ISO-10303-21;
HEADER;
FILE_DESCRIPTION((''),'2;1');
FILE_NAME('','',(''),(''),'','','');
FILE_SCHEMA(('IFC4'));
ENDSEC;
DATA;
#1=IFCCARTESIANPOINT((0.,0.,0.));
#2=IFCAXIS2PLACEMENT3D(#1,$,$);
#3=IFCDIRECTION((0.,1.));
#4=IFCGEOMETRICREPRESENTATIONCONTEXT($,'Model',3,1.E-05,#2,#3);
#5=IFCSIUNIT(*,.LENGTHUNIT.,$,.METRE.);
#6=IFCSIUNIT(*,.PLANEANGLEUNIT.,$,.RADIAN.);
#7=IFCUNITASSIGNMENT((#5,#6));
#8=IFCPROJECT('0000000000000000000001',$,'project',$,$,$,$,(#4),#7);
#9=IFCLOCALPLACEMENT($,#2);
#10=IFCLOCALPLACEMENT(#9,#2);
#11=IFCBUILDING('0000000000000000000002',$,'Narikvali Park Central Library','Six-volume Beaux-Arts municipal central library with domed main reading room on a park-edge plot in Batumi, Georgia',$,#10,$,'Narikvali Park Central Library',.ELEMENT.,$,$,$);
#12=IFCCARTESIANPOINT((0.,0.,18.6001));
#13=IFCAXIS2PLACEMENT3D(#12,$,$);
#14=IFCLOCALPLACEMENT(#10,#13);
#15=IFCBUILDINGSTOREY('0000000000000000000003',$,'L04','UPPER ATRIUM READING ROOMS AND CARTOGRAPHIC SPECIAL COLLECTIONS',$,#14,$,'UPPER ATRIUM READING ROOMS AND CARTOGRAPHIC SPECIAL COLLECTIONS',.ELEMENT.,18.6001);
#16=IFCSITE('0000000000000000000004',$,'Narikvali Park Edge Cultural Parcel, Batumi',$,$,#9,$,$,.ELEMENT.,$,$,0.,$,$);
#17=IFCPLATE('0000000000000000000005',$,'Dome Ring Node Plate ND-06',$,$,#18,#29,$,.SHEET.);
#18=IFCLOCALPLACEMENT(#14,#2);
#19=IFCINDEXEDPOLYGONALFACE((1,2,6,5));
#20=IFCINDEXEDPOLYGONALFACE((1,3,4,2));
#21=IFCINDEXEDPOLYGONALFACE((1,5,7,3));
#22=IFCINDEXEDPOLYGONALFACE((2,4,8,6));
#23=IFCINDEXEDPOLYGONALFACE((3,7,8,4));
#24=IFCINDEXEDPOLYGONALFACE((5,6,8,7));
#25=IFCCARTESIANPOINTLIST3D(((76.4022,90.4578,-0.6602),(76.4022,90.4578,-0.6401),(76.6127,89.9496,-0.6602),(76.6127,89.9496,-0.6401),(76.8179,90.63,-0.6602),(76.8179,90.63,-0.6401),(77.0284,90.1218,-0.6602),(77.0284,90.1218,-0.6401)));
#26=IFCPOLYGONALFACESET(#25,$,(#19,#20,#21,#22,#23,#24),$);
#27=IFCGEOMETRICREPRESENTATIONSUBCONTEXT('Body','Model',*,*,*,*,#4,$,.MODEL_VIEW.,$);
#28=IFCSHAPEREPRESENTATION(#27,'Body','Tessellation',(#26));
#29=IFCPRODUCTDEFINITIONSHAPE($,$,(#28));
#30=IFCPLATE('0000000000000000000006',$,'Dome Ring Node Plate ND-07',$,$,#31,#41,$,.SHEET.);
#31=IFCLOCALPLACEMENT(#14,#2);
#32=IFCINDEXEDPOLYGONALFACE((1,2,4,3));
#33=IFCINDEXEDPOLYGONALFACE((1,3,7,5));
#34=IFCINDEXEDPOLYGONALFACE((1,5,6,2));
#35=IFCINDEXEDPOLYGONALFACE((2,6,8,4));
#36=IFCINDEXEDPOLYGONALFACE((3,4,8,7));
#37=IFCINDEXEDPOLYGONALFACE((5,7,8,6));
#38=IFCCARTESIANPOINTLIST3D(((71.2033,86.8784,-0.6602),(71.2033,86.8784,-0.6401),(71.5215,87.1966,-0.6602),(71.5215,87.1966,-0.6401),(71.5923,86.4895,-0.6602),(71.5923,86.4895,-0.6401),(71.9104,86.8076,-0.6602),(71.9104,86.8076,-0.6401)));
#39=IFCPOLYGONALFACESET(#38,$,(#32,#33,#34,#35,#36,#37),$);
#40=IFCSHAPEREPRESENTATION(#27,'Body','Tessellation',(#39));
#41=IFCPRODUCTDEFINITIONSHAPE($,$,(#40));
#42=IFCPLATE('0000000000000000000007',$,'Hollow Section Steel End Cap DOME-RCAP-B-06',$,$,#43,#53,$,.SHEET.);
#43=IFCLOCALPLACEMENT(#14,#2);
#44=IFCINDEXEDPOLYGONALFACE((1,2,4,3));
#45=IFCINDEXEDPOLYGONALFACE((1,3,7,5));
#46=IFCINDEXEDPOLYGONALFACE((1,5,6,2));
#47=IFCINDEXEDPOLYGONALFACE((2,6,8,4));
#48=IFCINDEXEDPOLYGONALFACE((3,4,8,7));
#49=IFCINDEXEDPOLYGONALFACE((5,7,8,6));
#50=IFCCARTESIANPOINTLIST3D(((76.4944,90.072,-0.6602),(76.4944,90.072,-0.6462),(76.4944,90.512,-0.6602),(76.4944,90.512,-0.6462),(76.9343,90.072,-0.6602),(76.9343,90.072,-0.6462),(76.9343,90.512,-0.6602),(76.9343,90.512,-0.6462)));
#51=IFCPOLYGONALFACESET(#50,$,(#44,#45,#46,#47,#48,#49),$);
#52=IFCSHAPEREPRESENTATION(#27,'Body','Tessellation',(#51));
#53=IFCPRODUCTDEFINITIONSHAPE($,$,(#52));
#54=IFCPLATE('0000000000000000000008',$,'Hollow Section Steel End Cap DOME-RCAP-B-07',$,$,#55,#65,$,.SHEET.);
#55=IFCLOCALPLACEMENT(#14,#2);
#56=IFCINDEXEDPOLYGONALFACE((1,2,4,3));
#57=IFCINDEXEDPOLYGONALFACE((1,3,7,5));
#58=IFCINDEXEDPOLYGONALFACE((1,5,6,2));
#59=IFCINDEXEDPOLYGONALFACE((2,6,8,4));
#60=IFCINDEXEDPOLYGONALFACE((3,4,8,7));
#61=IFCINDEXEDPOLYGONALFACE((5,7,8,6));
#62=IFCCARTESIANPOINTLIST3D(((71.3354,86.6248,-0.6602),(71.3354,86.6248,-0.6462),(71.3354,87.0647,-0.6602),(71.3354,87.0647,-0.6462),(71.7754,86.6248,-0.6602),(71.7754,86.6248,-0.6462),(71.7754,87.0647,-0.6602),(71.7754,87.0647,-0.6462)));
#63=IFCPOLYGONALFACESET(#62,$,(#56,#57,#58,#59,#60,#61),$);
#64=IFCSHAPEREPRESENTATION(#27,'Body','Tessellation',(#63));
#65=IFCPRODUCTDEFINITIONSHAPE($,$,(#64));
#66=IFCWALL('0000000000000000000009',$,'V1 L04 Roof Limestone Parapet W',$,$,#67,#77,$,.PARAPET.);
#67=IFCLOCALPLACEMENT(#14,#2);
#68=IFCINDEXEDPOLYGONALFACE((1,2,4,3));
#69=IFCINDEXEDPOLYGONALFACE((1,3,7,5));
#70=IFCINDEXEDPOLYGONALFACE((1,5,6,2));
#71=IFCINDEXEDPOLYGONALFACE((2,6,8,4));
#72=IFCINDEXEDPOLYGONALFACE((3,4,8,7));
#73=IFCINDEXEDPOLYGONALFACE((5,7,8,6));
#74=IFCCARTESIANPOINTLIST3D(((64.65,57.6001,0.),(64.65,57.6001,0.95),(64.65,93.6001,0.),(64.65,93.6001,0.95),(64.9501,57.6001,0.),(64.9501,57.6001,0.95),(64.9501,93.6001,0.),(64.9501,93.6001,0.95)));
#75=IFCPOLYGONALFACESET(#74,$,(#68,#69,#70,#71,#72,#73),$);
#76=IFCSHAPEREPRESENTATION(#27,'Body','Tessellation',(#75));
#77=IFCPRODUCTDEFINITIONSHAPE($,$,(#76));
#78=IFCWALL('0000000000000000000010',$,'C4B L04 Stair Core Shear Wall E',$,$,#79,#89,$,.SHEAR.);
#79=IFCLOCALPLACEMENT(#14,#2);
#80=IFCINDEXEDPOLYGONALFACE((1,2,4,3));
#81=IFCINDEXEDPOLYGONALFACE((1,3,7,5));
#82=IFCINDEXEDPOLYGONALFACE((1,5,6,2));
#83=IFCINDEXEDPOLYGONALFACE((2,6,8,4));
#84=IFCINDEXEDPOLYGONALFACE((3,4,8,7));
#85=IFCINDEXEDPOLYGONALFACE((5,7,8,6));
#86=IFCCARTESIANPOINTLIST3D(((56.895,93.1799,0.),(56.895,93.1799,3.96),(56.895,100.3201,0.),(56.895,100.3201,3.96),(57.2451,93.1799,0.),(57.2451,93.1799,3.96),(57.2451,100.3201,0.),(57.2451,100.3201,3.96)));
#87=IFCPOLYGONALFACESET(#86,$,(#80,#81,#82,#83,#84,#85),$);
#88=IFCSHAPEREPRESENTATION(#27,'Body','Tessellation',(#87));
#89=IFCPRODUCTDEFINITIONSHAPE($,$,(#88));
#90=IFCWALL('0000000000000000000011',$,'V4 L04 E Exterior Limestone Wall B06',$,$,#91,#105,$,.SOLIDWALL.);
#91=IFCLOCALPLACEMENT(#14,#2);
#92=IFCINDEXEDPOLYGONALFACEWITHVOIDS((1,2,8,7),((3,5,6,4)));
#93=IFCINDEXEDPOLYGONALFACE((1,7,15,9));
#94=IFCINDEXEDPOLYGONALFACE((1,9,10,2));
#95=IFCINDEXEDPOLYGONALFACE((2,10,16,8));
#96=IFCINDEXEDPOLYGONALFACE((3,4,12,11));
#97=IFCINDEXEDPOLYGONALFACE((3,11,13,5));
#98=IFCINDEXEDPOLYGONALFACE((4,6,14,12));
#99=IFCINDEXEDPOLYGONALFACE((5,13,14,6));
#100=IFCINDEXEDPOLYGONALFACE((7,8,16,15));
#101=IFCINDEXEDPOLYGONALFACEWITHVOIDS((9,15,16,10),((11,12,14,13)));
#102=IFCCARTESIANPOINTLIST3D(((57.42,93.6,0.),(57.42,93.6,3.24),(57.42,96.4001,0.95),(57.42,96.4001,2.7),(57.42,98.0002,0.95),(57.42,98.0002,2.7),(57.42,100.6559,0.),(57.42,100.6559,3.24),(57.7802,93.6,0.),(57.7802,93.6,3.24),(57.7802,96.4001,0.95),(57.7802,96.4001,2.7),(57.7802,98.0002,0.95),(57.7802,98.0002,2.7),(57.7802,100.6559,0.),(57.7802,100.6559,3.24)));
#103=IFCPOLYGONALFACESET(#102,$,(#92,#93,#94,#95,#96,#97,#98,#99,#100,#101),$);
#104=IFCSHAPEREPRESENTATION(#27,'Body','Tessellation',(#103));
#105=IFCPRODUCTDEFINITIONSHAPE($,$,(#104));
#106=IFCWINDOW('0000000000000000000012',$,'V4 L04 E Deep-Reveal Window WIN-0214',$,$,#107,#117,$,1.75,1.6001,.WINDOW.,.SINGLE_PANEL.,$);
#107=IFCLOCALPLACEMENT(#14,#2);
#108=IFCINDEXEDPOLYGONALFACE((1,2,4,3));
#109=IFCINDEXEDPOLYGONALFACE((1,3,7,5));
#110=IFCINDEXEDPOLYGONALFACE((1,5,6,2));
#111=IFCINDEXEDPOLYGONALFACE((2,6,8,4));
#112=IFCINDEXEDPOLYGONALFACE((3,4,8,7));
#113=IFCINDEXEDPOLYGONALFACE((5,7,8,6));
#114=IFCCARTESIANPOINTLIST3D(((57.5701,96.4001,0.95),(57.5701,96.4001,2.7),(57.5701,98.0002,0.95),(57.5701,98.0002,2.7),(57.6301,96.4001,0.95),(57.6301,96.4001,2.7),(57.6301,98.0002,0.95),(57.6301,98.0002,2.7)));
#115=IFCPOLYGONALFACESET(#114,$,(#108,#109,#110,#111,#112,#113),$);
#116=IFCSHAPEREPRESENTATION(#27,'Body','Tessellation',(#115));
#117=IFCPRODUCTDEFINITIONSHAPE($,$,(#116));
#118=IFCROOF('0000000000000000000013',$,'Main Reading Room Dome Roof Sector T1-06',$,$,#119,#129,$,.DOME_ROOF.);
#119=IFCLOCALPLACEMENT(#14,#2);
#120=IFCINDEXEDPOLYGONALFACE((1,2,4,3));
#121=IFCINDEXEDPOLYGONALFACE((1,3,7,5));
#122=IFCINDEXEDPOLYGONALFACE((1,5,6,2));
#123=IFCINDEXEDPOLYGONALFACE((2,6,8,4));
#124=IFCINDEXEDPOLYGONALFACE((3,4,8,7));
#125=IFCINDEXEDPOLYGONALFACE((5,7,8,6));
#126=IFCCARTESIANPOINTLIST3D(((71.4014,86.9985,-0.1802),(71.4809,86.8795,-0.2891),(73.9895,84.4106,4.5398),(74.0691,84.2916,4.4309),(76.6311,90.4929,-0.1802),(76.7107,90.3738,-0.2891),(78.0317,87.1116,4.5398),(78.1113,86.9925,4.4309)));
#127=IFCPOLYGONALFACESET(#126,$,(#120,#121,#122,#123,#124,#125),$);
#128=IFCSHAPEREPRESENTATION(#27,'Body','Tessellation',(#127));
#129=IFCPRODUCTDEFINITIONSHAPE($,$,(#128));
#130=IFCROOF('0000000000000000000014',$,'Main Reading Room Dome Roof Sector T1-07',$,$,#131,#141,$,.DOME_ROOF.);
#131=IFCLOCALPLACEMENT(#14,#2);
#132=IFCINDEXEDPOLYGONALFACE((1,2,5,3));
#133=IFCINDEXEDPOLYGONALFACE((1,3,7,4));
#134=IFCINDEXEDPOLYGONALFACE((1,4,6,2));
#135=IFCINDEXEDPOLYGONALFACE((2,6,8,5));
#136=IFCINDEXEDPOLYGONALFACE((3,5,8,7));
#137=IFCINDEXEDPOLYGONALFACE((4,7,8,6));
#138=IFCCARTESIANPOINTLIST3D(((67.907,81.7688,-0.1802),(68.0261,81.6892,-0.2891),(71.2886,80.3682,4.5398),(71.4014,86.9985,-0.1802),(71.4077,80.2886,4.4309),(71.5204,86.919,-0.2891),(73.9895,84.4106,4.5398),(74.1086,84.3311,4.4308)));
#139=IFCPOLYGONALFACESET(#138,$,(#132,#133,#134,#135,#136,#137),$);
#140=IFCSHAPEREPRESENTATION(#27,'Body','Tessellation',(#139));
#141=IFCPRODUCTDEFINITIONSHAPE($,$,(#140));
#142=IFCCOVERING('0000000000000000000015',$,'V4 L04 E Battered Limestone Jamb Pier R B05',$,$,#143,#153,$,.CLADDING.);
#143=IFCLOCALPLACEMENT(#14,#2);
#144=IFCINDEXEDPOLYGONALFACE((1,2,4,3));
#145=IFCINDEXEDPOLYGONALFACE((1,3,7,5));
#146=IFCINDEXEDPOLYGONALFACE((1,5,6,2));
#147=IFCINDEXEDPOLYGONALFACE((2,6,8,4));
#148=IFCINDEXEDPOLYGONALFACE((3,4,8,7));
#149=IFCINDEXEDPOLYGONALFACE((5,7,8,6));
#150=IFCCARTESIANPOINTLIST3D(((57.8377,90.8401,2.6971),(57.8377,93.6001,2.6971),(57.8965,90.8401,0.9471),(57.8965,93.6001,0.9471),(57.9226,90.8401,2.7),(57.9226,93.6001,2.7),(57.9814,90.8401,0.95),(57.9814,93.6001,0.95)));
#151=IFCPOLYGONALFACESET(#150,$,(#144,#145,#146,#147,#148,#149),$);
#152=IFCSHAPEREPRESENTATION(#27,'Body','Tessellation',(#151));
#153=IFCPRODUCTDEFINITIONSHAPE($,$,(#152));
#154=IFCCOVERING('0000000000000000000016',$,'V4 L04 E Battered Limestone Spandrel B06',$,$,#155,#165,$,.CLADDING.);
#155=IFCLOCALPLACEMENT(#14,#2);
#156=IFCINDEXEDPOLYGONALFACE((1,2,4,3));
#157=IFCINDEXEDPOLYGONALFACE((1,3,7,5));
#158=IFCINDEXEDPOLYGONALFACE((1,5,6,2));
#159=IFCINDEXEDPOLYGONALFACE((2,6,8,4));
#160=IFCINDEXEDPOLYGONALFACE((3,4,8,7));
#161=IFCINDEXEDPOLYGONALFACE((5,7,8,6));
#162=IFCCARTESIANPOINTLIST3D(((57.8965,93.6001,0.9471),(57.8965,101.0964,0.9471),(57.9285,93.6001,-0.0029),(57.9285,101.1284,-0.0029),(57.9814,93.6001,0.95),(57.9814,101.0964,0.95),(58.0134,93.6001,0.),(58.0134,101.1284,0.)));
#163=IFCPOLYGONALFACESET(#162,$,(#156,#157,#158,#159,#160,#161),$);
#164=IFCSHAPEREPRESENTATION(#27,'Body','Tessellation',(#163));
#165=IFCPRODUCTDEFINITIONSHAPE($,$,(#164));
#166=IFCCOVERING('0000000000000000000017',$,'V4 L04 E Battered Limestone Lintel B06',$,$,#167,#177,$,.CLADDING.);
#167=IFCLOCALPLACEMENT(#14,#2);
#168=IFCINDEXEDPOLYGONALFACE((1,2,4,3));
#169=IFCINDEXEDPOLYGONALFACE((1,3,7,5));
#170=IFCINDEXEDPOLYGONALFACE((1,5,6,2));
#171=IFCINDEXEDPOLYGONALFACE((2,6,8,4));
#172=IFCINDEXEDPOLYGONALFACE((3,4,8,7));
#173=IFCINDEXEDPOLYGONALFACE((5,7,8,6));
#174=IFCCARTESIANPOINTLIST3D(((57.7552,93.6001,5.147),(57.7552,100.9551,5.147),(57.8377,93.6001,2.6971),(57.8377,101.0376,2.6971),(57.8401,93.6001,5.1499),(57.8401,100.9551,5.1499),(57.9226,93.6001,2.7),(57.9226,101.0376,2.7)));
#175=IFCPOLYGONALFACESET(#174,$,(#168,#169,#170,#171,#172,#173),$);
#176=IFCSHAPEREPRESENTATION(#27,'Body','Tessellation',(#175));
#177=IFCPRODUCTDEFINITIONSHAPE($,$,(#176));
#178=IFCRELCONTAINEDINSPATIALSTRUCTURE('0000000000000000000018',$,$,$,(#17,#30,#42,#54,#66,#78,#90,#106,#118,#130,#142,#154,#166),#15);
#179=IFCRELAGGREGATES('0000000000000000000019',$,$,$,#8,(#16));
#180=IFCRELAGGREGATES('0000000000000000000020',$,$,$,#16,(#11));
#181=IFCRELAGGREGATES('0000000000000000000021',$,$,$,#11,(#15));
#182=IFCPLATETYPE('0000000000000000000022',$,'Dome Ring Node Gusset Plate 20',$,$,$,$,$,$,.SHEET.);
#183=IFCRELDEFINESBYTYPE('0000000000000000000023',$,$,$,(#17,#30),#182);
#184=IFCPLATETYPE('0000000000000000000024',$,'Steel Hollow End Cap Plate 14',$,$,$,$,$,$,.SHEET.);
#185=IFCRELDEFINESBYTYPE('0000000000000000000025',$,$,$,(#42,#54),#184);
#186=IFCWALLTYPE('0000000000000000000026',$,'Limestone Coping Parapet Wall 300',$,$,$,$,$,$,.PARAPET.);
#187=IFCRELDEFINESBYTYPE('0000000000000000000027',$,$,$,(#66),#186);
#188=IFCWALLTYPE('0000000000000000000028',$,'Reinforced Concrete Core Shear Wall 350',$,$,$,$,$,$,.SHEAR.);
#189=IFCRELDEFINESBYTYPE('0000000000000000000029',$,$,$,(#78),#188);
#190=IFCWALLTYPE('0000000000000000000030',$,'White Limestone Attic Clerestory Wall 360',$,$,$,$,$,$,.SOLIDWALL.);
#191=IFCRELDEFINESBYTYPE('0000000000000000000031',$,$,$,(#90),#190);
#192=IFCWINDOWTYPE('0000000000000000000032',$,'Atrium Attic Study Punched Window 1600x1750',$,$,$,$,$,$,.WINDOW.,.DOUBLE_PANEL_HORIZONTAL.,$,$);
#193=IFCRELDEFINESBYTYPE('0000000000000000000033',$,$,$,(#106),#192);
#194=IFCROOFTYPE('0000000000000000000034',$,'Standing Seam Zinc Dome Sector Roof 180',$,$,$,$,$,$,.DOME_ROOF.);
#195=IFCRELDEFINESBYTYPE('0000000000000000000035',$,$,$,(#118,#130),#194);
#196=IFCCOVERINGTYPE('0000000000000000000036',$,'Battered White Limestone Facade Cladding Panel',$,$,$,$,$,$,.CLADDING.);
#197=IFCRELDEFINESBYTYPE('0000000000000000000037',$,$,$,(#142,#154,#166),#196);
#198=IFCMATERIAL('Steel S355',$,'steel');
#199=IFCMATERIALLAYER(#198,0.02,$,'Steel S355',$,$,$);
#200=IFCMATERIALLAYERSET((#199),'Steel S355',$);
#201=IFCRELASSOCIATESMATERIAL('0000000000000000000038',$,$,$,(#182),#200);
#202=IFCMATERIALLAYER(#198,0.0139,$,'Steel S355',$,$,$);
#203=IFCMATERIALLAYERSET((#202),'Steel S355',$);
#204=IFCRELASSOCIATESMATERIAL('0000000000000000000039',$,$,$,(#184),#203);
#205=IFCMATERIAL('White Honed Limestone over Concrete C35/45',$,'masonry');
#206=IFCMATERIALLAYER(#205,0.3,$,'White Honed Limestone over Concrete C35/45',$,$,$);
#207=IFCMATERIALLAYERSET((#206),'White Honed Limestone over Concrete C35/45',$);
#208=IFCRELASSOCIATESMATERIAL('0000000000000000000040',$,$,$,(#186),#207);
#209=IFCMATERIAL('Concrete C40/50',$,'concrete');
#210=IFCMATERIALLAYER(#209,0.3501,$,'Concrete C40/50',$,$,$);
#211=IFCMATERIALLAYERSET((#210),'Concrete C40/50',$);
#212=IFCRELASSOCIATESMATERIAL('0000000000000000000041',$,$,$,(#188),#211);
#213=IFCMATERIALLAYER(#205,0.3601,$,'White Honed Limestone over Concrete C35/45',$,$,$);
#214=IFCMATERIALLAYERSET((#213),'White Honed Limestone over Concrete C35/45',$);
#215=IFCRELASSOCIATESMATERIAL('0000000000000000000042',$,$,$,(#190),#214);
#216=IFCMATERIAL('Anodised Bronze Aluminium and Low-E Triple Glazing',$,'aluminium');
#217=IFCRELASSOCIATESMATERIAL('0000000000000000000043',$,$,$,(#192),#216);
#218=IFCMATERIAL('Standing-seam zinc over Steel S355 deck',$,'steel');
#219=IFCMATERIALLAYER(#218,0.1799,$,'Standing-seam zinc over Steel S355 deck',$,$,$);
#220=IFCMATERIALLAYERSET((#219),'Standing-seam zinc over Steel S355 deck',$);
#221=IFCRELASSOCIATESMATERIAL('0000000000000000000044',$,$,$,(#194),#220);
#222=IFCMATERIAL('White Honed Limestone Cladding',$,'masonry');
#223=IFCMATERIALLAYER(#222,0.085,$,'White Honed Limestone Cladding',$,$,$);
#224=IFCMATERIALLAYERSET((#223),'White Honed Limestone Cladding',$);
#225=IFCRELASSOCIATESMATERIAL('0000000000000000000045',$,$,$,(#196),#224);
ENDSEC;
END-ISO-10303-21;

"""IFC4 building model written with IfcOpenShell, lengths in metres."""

from ifc_helpers import new_model, si_unit, direction, frame, frame_2d, origin, origin_2d, place, context, subcontext, project, spatial, polyline, rectangle, outline, extrude, material, layer, layer_set, type_object, element, fill, save


model = new_model("IFC4")

# Units and contexts
model_context = context("Model", 3, precision=1e-05, world=origin(), true_north=direction((0.0, 1.0)))
body_context = subcontext(model_context, "Body", "Model", "MODEL_VIEW")
ifc_project = project(units=[si_unit("LENGTHUNIT", "METRE"), si_unit("PLANEANGLEUNIT", "RADIAN")], contexts=[model_context])

# Site, building, storey
site_placement = place(None, origin())
site = spatial("IfcSite", under=ifc_project, at=site_placement, Name="Narikvali Park Edge Cultural Parcel, Batumi", CompositionType="ELEMENT", RefElevation=0.0)
building_placement = place(site_placement, origin())
building = spatial("IfcBuilding", under=site, at=building_placement, Name="Narikvali Park Central Library", Description="Six-volume Beaux-Arts municipal central library with domed main reading room on a park-edge plot in Batumi, Georgia", LongName="Narikvali Park Central Library", CompositionType="ELEMENT")
storey_placement = place(building_placement, frame((0.0, 0.0, 18.6001)))
storey = spatial("IfcBuildingStorey", under=building, at=storey_placement, Name="L04", Description="UPPER ATRIUM READING ROOMS AND CARTOGRAPHIC SPECIAL COLLECTIONS", LongName="UPPER ATRIUM READING ROOMS AND CARTOGRAPHIC SPECIAL COLLECTIONS", CompositionType="ELEMENT", Elevation=18.6001)

# Shared definitions
ifc_material_1 = material(Name="Steel S355", Category="steel")

# Plates
ifc_layer_1 = layer(ifc_material_1, 0.02, Name="Steel S355")
ifc_layer_set_1 = layer_set([ifc_layer_1], Name="Steel S355")
plate_type_1 = type_object("IfcPlateType", Name="Dome Ring Node Gusset Plate 20", PredefinedType="SHEET", material=ifc_layer_set_1)
for number, where, z_axis, x_axis, name in (
    (1, (76.7153, 90.2898, -0.6602), (0.0, 0.0, 1.0), (-0.382683, 0.92388, 0.0), "Dome Ring Node Plate ND-06"),
    (2, (71.5569, 86.843, -0.6602), (0.0, 0.0, 1.0), (-0.707107, 0.707107, 0.0), "Dome Ring Node Plate ND-07"),
):
    element("IfcPlate", number, at=place(storey_placement, frame(where, z_axis=z_axis, x_axis=x_axis)), inside=storey, type_object=plate_type_1, Name=name, PredefinedType="SHEET", context=body_context, shape_type="SweptSolid", body=[
        extrude(rectangle(XDim=0.55, YDim=0.45, at=origin_2d()), origin(), (0.0, 0.0, 1.0), 0.02),
    ])
ifc_layer_2 = layer(ifc_material_1, 0.0139, Name="Steel S355")
ifc_layer_set_2 = layer_set([ifc_layer_2], Name="Steel S355")
plate_type_2 = type_object("IfcPlateType", Name="Steel Hollow End Cap Plate 14", PredefinedType="SHEET", material=ifc_layer_set_2)
for number, where, z_axis, x_axis, name in (
    (3, (76.7144, 90.292, -0.6602), (0.0, 0.0, 1.0), (1.0, 0.0, 0.0), "Hollow Section Steel End Cap DOME-RCAP-B-06"),
    (4, (71.5554, 86.8447, -0.6602), (0.0, 0.0, 1.0), (1.0, 0.0, 0.0), "Hollow Section Steel End Cap DOME-RCAP-B-07"),
):
    element("IfcPlate", number, at=place(storey_placement, frame(where, z_axis=z_axis, x_axis=x_axis)), inside=storey, type_object=plate_type_2, Name=name, PredefinedType="SHEET", context=body_context, shape_type="SweptSolid", body=[
        extrude(rectangle(XDim=0.4399, YDim=0.4399, at=origin_2d()), origin(), (0.0, 0.0, 1.0), 0.0139),
    ])

# Wall
ifc_material_2 = material(Name="White Honed Limestone over Concrete C35/45", Category="masonry")
ifc_layer_3 = layer(ifc_material_2, 0.3, Name="White Honed Limestone over Concrete C35/45")
ifc_layer_set_3 = layer_set([ifc_layer_3], Name="White Honed Limestone over Concrete C35/45")
wall_type_1 = type_object("IfcWallType", Name="Limestone Coping Parapet Wall 300", PredefinedType="PARAPET", material=ifc_layer_set_3)
wall_1_placement = place(storey_placement, frame((64.8, 93.6001, 0.0), z_axis=(0.0, 0.0, 1.0), x_axis=(0.0, -1.0, 0.0)))
element("IfcWall", 5, at=wall_1_placement, inside=storey, type_object=wall_type_1, Name="V1 L04 Roof Limestone Parapet W", PredefinedType="PARAPET", context=body_context, shape_type="SweptSolid", body=[
    extrude(rectangle(XDim=36.0, YDim=0.3, at=frame_2d((18.0, 0.0))), origin(), (0.0, 0.0, 1.0), 0.95),
])

# Shared definitions
ifc_material_3 = material(Name="Concrete C40/50", Category="concrete")
ifc_layer_4 = layer(ifc_material_3, 0.3501, Name="Concrete C40/50")
ifc_layer_set_4 = layer_set([ifc_layer_4], Name="Concrete C40/50")
wall_type_2 = type_object("IfcWallType", Name="Reinforced Concrete Core Shear Wall 350", PredefinedType="SHEAR", material=ifc_layer_set_4)

# Wall
wall_2_placement = place(storey_placement, frame((57.0701, 93.1799, 0.0), z_axis=(0.0, 0.0, 1.0), x_axis=(0.0, 1.0, 0.0)))
element("IfcWall", 6, at=wall_2_placement, inside=storey, type_object=wall_type_2, Name="C4B L04 Stair Core Shear Wall E", PredefinedType="SHEAR", context=body_context, shape_type="SweptSolid", body=[
    extrude(rectangle(XDim=7.1401, YDim=0.3501, at=frame_2d((3.5701, 0.0))), origin(), (0.0, 0.0, 1.0), 3.96),
])

# Wall, opening, window
ifc_layer_5 = layer(ifc_material_2, 0.3601, Name="White Honed Limestone over Concrete C35/45")
ifc_layer_set_5 = layer_set([ifc_layer_5], Name="White Honed Limestone over Concrete C35/45")
wall_type_3 = type_object("IfcWallType", Name="White Limestone Attic Clerestory Wall 360", PredefinedType="SOLIDWALL", material=ifc_layer_set_5)
wall_3_placement = place(storey_placement, frame((57.6001, 93.6001, 0.0), z_axis=(0.0, 0.0, 1.0), x_axis=(0.0, 1.0, 0.0)))
wall_3 = element("IfcWall", 7, at=wall_3_placement, inside=storey, type_object=wall_type_3, Name="V4 L04 E Exterior Limestone Wall B06", PredefinedType="SOLIDWALL", context=body_context, shape_type="SweptSolid", body=[
    extrude(rectangle(XDim=7.0559, YDim=0.3601, at=frame_2d((3.5278, 0.0))), origin(), (0.0, 0.0, 1.0), 3.24),
])
opening_1_placement = place(wall_3_placement, frame((2.8, 0.0, 0.95)))
opening_1 = element("IfcOpeningElement", 8, at=opening_1_placement, cuts=wall_3, PredefinedType="OPENING", context=body_context, shape_type="SweptSolid", body=[
    extrude(rectangle(XDim=1.6001, YDim=1.75, at=frame_2d((0.8, 0.875))), frame((0.0, 0.1919, 0.0), z_axis=(0.0, -1.0, 0.0), x_axis=(1.0, 0.0, 0.0)), (0.0, 0.0, 1.0), 0.384),
])
ifc_material_4 = material(Name="Anodised Bronze Aluminium and Low-E Triple Glazing", Category="aluminium")
window_type = type_object("IfcWindowType", Name="Atrium Attic Study Punched Window 1600x1750", PartitioningType="DOUBLE_PANEL_HORIZONTAL", PredefinedType="WINDOW", material=ifc_material_4)
window_placement = place(opening_1_placement, origin())
window = element("IfcWindow", 9, at=window_placement, inside=storey, type_object=window_type, Name="V4 L04 E Deep-Reveal Window WIN-0214", OverallHeight=1.75, OverallWidth=1.6001, PartitioningType="SINGLE_PANEL", PredefinedType="WINDOW", context=body_context, shape_type="SweptSolid", body=[
    extrude(rectangle(XDim=1.6001, YDim=1.75, at=frame_2d((0.8, 0.875))), frame((0.0, 0.03, 0.0), z_axis=(0.0, -1.0, 0.0), x_axis=(1.0, 0.0, 0.0)), (0.0, 0.0, 1.0), 0.0601),
])
fill(opening_1, window)

# Roofs
ifc_material_5 = material(Name="Standing-seam zinc over Steel S355 deck", Category="steel")
ifc_layer_6 = layer(ifc_material_5, 0.1799, Name="Standing-seam zinc over Steel S355 deck")
ifc_layer_set_6 = layer_set([ifc_layer_6], Name="Standing-seam zinc over Steel S355 deck")
roof_type = type_object("IfcRoofType", Name="Standing Seam Zinc Dome Sector Roof 180", PredefinedType="DOME_ROOF", material=ifc_layer_set_6)
roof_1_placement = place(storey_placement, frame((76.6311, 90.4929, -0.1802), z_axis=(-0.442212, 0.661819, 0.605347), x_axis=(-0.831471, -0.555569, 0.0)))
element("IfcRoof", 10, at=roof_1_placement, inside=storey, type_object=roof_type, Name="Main Reading Room Dome Roof Sector T1-06", PredefinedType="DOME_ROOF", context=body_context, shape_type="SweptSolid", body=[
    extrude(outline(polyline([(0.0, 0.0), (6.2897, 0.0), (5.5755, 5.9299), (0.714, 5.9299), (0.0, 0.0)])), origin(), (0.0, 0.0, -1.0), 0.1799),
])
roof_2_placement = place(storey_placement, frame((71.4014, 86.9985, -0.1802), z_axis=(-0.661815, 0.442198, 0.605361), x_axis=(-0.555562, -0.831475, -0.000006)))
element("IfcRoof", 11, at=roof_2_placement, inside=storey, type_object=roof_type, Name="Main Reading Room Dome Roof Sector T1-07", PredefinedType="DOME_ROOF", context=body_context, shape_type="SweptSolid", body=[
    extrude(outline(polyline([(0.0, 0.0), (6.2897, 0.0), (5.5756, 5.93), (0.7139, 5.9299), (0.0, 0.0)])), origin(), (0.0, 0.0, -1.0), 0.1799),
])

# Coverings
ifc_material_6 = material(Name="White Honed Limestone Cladding", Category="masonry")
ifc_layer_7 = layer(ifc_material_6, 0.085, Name="White Honed Limestone Cladding")
ifc_layer_set_7 = layer_set([ifc_layer_7], Name="White Honed Limestone Cladding")
covering_type = type_object("IfcCoveringType", Name="Battered White Limestone Facade Cladding Panel", PredefinedType="CLADDING", material=ifc_layer_set_7)
covering_1_placement = place(storey_placement, frame((57.9814, 90.8401, 0.95), z_axis=(0.999435, 0.0, 0.033603), x_axis=(0.0, 1.0, 0.0)))
element("IfcCovering", 12, at=covering_1_placement, inside=storey, type_object=covering_type, Name="V4 L04 E Battered Limestone Jamb Pier R B05", PredefinedType="CLADDING", context=body_context, shape_type="SweptSolid", body=[
    extrude(outline(polyline([(0.0, 0.0), (2.76, 0.0), (2.76, 1.751), (0.0, 1.751), (0.0, 0.0)])), origin(), (0.0, 0.0, -1.0), 0.085),
])
covering_2_placement = place(storey_placement, frame((58.0134, 93.6001, 0.0), z_axis=(0.999434, 0.0, 0.033648), x_axis=(0.0, 1.0, 0.0)))
element("IfcCovering", 13, at=covering_2_placement, inside=storey, type_object=covering_type, Name="V4 L04 E Battered Limestone Spandrel B06", PredefinedType="CLADDING", context=body_context, shape_type="SweptSolid", body=[
    extrude(outline(polyline([(0.0, 0.0), (7.5283, 0.0), (7.4963, 0.9505), (0.0, 0.9505), (0.0, 0.0)])), origin(), (0.0, 0.0, -1.0), 0.085),
])
covering_3_placement = place(storey_placement, frame((57.9226, 93.6001, 2.7), z_axis=(0.999433, 0.0, 0.033663), x_axis=(0.0, 1.0, 0.0)))
element("IfcCovering", 14, at=covering_3_placement, inside=storey, type_object=covering_type, Name="V4 L04 E Battered Limestone Lintel B06", PredefinedType="CLADDING", context=body_context, shape_type="SweptSolid", body=[
    extrude(outline(polyline([(0.0, 0.0), (7.4375, 0.0), (7.355, 2.4513), (0.0, 2.4513), (0.0, 0.0)])), origin(), (0.0, 0.0, -1.0), 0.085),
])

save(model, "model.ifc")
